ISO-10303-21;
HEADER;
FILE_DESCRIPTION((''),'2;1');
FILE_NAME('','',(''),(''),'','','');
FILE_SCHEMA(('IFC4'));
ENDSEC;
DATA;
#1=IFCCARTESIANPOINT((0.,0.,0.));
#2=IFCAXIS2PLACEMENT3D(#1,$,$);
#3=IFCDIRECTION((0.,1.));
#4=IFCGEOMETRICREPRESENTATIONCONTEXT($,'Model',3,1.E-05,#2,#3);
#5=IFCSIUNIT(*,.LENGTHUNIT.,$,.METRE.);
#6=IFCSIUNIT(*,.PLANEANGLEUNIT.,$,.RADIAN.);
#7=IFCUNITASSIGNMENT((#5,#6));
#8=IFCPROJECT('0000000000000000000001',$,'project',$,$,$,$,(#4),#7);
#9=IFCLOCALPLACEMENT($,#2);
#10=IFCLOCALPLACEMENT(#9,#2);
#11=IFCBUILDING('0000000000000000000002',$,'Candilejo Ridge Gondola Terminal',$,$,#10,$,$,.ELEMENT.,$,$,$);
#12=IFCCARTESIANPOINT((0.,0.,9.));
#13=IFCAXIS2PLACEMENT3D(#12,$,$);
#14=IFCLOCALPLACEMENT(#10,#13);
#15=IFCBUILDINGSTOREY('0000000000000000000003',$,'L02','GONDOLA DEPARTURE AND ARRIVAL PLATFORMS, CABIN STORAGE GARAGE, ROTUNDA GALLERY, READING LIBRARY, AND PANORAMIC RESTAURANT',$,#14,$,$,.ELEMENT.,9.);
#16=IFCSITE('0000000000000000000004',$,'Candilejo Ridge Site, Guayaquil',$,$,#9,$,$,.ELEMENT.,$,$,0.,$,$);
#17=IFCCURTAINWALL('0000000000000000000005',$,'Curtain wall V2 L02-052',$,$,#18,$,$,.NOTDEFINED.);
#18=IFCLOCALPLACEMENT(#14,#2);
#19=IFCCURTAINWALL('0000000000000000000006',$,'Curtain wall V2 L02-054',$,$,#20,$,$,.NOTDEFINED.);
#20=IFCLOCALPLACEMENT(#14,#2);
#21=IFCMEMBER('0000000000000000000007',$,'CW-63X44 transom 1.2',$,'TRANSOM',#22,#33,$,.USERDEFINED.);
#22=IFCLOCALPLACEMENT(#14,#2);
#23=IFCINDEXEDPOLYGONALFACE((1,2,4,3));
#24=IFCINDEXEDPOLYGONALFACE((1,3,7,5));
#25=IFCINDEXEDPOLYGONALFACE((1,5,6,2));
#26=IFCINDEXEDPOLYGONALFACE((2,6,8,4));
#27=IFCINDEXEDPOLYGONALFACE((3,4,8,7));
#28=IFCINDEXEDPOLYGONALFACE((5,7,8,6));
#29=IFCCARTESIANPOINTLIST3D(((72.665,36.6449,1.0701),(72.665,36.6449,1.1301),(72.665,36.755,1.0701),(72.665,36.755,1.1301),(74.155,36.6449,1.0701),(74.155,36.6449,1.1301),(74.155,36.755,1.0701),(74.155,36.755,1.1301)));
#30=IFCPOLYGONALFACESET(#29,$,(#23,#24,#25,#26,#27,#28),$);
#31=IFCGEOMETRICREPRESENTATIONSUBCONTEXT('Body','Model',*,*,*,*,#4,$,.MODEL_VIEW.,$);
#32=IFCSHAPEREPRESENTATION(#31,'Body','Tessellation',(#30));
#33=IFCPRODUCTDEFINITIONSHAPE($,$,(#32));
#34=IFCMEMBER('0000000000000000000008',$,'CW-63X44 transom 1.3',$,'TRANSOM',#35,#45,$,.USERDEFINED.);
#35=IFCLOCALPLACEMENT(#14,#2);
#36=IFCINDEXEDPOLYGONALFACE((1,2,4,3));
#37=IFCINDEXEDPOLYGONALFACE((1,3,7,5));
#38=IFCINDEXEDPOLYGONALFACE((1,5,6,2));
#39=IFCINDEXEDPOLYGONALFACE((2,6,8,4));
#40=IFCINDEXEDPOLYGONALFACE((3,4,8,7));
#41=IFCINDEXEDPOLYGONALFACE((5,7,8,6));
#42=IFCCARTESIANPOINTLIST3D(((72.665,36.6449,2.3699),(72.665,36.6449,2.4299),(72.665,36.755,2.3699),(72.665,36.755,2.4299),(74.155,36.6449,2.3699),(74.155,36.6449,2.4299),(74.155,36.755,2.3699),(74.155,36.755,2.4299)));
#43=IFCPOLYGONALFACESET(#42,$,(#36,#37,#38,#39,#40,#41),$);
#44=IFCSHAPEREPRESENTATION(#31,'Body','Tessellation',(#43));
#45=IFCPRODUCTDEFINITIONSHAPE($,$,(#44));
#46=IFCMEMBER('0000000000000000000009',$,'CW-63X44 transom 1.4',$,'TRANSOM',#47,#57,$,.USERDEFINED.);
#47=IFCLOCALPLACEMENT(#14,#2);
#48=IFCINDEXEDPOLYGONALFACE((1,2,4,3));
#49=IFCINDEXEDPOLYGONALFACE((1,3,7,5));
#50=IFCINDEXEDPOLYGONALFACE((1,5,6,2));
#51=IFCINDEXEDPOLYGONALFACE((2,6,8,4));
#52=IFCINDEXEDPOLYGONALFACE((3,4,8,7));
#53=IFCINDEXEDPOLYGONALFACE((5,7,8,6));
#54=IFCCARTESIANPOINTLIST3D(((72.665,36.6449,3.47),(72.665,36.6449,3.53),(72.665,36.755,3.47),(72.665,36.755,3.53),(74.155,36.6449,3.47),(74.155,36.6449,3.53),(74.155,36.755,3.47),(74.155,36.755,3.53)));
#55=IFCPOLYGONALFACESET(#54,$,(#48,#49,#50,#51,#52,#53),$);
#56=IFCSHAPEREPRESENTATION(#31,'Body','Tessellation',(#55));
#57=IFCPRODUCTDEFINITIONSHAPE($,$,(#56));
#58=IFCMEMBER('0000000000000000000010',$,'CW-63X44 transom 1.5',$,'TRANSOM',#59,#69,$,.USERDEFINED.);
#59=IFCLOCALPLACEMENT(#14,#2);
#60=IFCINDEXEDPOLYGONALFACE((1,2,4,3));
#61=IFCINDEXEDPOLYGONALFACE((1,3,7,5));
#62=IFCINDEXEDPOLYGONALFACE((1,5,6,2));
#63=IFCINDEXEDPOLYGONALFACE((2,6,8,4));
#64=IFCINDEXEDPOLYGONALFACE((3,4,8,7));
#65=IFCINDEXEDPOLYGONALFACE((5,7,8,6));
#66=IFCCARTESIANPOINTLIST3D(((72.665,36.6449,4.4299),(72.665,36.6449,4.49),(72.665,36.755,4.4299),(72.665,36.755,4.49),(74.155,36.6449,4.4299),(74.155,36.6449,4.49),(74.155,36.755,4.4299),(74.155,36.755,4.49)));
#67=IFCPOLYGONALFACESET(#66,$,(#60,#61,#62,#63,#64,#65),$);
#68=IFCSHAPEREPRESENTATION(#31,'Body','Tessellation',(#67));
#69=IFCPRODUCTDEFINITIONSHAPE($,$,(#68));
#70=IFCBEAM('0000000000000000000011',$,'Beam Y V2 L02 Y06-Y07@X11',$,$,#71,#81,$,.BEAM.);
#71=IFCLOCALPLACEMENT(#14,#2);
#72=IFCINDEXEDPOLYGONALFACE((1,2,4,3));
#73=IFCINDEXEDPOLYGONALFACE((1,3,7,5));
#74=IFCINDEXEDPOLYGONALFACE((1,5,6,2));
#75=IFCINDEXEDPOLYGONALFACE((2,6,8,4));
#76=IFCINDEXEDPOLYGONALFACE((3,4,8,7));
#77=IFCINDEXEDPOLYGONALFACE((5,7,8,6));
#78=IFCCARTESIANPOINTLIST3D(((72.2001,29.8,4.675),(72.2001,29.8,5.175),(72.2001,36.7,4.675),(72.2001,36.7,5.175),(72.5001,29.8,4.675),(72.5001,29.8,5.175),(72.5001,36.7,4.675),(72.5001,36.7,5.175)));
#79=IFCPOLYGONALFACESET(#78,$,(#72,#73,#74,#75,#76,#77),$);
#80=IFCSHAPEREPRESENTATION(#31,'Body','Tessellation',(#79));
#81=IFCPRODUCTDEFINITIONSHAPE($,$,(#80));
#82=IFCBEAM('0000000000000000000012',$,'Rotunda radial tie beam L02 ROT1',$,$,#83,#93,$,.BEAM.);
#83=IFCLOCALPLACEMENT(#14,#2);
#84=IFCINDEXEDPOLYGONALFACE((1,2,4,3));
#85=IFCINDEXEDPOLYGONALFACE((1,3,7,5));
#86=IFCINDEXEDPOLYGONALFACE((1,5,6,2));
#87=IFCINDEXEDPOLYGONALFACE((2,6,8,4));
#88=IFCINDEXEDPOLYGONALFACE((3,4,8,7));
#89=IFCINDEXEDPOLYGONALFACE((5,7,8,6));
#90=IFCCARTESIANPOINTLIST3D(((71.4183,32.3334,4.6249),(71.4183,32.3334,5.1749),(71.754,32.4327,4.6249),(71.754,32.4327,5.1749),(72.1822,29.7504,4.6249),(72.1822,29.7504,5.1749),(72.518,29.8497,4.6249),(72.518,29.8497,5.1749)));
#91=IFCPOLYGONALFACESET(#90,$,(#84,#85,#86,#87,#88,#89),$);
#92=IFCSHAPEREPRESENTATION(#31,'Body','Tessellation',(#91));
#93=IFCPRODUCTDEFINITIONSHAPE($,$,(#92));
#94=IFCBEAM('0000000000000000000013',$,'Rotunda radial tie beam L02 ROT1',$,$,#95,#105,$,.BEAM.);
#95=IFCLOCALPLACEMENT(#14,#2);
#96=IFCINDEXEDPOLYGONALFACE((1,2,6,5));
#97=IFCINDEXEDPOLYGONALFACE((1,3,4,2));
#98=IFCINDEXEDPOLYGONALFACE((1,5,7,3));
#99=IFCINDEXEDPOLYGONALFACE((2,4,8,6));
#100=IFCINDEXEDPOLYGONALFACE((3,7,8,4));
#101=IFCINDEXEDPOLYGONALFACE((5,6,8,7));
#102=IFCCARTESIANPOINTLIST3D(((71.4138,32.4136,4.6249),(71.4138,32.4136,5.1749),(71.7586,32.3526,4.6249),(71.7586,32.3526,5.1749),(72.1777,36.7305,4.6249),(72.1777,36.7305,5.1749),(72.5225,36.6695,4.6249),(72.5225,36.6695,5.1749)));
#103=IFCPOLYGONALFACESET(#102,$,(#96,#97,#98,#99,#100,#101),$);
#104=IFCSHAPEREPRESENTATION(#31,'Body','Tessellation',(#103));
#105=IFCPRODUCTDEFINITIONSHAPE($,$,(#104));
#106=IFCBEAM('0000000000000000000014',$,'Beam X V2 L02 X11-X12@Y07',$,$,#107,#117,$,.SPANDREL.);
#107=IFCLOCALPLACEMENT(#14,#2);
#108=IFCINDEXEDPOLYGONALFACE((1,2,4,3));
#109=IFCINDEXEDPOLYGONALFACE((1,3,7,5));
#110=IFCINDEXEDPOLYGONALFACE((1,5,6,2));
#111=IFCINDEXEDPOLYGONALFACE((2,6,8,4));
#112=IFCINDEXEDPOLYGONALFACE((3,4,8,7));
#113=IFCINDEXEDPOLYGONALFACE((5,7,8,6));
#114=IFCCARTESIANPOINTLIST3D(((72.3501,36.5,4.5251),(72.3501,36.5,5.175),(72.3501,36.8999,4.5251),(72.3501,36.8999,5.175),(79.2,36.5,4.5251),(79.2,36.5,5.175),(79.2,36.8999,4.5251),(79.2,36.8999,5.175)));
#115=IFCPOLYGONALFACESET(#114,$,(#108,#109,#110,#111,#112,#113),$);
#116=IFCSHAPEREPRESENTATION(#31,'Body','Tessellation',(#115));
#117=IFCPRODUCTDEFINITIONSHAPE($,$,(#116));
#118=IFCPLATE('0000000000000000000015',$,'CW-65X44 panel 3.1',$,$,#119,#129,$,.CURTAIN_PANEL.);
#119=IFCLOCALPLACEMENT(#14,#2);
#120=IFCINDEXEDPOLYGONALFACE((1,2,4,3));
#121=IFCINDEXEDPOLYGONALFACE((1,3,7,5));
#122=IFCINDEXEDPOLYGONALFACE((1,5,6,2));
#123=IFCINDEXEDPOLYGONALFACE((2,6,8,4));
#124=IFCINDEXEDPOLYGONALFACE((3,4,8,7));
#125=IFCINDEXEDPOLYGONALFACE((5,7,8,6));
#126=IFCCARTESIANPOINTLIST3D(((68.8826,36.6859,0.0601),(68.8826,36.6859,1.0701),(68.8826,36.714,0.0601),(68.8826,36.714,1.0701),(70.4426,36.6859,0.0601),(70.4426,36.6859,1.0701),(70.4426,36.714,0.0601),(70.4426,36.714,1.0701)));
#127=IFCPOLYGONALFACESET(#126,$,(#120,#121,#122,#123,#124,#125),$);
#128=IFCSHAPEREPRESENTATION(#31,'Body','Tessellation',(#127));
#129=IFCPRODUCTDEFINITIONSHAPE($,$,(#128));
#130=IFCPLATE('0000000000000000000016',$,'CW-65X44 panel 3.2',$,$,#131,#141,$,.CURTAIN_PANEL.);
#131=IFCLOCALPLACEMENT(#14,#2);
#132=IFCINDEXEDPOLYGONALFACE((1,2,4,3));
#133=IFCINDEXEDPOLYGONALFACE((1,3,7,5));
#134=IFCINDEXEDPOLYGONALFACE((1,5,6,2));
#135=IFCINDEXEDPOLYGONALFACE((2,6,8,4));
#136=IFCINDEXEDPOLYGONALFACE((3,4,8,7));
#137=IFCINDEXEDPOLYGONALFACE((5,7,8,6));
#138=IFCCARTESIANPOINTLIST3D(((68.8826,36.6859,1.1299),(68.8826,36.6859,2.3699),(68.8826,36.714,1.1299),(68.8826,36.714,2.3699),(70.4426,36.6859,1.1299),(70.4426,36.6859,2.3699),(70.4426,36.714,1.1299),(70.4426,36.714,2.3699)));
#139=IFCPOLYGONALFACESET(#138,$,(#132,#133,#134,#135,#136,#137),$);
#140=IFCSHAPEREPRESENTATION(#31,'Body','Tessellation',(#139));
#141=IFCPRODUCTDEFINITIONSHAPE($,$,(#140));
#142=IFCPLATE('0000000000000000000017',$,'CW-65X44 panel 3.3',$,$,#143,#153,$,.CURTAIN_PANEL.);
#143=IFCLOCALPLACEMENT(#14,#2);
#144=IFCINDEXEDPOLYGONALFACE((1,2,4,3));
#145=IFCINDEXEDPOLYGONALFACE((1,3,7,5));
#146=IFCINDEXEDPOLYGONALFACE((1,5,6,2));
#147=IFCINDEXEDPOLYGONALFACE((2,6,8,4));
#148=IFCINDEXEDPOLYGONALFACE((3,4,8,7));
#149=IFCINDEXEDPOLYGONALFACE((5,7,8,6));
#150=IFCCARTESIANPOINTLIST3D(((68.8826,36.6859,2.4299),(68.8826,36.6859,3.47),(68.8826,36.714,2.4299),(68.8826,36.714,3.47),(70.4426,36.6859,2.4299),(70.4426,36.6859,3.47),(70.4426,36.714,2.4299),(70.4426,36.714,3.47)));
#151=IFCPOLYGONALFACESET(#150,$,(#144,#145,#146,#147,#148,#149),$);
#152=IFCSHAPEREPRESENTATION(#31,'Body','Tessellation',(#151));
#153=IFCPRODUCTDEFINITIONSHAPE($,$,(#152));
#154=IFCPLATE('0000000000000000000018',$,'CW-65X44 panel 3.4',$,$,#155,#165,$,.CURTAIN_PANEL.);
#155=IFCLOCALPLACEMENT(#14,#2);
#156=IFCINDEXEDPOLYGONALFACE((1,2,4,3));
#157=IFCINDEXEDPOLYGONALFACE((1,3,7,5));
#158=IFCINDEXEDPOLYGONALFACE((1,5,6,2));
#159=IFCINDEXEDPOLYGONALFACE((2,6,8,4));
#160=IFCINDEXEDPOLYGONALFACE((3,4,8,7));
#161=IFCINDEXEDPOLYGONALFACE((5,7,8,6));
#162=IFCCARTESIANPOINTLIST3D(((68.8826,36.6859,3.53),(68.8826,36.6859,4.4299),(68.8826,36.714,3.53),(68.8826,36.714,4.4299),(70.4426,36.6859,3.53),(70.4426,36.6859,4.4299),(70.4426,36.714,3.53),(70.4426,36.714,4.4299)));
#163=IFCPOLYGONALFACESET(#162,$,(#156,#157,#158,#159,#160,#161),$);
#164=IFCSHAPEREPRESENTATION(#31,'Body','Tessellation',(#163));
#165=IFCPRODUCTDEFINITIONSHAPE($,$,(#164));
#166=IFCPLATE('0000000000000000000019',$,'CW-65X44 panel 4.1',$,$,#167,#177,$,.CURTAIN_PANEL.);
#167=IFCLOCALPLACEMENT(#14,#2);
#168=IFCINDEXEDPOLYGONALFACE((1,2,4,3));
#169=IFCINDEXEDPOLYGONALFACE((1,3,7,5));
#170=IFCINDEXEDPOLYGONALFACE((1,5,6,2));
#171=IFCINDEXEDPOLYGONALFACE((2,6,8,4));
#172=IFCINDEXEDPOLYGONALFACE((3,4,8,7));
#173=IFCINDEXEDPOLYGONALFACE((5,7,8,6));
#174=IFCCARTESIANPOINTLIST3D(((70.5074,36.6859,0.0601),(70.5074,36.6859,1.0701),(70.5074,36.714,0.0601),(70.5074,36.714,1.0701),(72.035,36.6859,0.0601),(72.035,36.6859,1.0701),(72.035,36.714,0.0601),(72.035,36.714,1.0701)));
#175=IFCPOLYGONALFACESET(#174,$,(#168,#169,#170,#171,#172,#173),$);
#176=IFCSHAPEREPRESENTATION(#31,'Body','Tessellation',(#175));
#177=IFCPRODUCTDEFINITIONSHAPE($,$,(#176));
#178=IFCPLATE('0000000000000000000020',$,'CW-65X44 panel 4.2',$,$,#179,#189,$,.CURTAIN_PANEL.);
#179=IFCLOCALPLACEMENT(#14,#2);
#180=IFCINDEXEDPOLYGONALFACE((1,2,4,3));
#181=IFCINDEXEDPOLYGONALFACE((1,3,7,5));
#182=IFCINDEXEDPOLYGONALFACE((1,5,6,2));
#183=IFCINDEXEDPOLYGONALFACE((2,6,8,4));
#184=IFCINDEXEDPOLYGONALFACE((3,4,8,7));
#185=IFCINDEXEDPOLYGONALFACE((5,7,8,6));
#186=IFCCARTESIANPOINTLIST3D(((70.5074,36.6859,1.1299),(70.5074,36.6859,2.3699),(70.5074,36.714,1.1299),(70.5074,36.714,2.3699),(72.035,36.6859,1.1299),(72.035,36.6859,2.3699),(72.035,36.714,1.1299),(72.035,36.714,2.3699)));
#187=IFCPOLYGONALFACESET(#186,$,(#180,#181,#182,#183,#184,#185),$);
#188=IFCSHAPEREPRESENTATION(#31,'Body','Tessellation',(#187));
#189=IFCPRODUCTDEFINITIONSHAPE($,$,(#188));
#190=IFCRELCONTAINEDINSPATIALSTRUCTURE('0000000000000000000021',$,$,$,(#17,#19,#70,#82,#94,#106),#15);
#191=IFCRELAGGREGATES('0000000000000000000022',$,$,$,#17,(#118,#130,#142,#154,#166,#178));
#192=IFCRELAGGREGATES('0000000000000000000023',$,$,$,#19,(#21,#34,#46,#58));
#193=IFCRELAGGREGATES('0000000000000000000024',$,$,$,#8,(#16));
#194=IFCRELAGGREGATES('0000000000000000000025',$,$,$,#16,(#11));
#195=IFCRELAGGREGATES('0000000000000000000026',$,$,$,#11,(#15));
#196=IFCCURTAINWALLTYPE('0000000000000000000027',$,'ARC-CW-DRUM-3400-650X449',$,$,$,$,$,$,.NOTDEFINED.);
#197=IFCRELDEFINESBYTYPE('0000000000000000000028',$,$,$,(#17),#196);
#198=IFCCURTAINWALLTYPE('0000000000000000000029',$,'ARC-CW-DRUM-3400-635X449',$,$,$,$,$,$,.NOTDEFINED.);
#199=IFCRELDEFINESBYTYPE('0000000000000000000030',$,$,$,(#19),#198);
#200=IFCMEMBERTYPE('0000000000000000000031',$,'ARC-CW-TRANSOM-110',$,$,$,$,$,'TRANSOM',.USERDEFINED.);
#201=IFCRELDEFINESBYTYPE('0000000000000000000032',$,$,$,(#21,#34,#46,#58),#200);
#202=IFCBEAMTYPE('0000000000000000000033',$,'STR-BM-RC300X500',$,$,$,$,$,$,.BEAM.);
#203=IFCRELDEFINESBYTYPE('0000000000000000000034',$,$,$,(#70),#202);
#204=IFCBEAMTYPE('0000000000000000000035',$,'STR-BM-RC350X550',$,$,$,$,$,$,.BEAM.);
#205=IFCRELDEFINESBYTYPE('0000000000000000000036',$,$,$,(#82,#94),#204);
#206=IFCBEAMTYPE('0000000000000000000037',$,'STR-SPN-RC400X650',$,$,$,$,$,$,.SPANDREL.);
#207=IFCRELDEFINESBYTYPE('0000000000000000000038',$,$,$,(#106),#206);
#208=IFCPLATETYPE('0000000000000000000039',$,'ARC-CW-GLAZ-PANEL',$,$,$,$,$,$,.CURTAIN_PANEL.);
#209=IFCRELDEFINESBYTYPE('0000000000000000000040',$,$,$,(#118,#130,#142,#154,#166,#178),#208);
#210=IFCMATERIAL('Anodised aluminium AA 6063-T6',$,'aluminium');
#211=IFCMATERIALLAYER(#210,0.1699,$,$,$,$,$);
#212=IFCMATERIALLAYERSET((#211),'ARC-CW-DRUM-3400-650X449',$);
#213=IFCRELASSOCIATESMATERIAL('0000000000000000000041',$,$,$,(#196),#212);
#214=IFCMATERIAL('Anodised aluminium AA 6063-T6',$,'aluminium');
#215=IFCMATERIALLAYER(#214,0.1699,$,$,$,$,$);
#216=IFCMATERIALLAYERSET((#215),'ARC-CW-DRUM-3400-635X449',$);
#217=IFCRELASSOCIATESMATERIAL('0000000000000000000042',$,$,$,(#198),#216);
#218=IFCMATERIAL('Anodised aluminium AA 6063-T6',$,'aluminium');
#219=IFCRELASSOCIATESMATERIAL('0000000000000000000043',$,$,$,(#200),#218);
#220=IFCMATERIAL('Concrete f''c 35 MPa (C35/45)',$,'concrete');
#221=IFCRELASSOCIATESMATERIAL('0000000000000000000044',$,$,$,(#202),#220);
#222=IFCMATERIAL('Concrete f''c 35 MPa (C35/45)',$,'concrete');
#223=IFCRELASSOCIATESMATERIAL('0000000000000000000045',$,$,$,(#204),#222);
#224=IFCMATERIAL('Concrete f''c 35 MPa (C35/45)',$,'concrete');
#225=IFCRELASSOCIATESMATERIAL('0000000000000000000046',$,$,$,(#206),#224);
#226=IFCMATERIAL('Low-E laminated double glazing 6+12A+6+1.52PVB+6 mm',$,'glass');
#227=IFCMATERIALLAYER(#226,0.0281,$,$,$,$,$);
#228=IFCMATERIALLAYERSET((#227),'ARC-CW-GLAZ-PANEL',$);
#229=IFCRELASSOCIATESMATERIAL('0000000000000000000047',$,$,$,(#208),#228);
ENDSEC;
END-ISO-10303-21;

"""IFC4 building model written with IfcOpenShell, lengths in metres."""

from ifc_helpers import new_model, si_unit, direction, frame, origin, origin_2d, place, context, subcontext, project, spatial, rectangle, extrude, material, layer, layer_set, material_profile, profile_set, type_object, element, aggregate, save


model = new_model("IFC4")

# Units and contexts
model_context = context("Model", 3, precision=1e-05, world=origin(), true_north=direction((0.0, 1.0)))
body_context = subcontext(model_context, "Body", "Model", "MODEL_VIEW")
ifc_project = project(units=[si_unit("LENGTHUNIT", "METRE"), si_unit("PLANEANGLEUNIT", "RADIAN")], contexts=[model_context])

# Site, building, storey
site_placement = place(None, origin())
site = spatial("IfcSite", under=ifc_project, at=site_placement, Name="Candilejo Ridge Site, Guayaquil", CompositionType="ELEMENT", RefElevation=0.0)
building_placement = place(site_placement, origin())
building = spatial("IfcBuilding", under=site, at=building_placement, Name="Candilejo Ridge Gondola Terminal", CompositionType="ELEMENT")
storey_placement = place(building_placement, frame((0.0, 0.0, 9.0)))
storey = spatial("IfcBuildingStorey", under=building, at=storey_placement, Name="L02", Description="GONDOLA DEPARTURE AND ARRIVAL PLATFORMS, CABIN STORAGE GARAGE, ROTUNDA GALLERY, READING LIBRARY, AND PANORAMIC RESTAURANT", CompositionType="ELEMENT", Elevation=9.0)

# Curtain walls
ifc_material_1 = material(Name="Anodised aluminium AA 6063-T6", Category="aluminium")
ifc_layer_1 = layer(ifc_material_1, 0.1699)
ifc_layer_set_1 = layer_set([ifc_layer_1], Name="ARC-CW-DRUM-3400-650X449")
curtain_wall_type_1 = type_object("IfcCurtainWallType", Name="ARC-CW-DRUM-3400-650X449", PredefinedType="NOTDEFINED", material=ifc_layer_set_1)
curtain_wall_1_placement = place(storey_placement, origin())
curtain_wall_1 = element("IfcCurtainWall", 1, at=curtain_wall_1_placement, inside=storey, type_object=curtain_wall_type_1, Name="Curtain wall V2 L02-052", PredefinedType="NOTDEFINED")
ifc_material_2 = material(Name="Anodised aluminium AA 6063-T6", Category="aluminium")
ifc_layer_2 = layer(ifc_material_2, 0.1699)
ifc_layer_set_2 = layer_set([ifc_layer_2], Name="ARC-CW-DRUM-3400-635X449")
curtain_wall_type_2 = type_object("IfcCurtainWallType", Name="ARC-CW-DRUM-3400-635X449", PredefinedType="NOTDEFINED", material=ifc_layer_set_2)
curtain_wall_2_placement = place(storey_placement, origin())
curtain_wall_2 = element("IfcCurtainWall", 2, at=curtain_wall_2_placement, inside=storey, type_object=curtain_wall_type_2, Name="Curtain wall V2 L02-054", PredefinedType="NOTDEFINED")

# Members
ifc_material_3 = material(Name="Anodised aluminium AA 6063-T6", Category="aluminium")
ifc_material_profile_1 = material_profile(ifc_material_3, rectangle(XDim=0.1101, YDim=0.0601, at=origin_2d()))
ifc_profile_set_1 = profile_set([ifc_material_profile_1], Name="Anodised aluminium AA 6063-T6")
member_type_1 = type_object("IfcMemberType", Name="ARC-CW-TRANSOM-110", ElementType="TRANSOM", PredefinedType="USERDEFINED", material=ifc_profile_set_1)
member_1_placement = place(storey_placement, frame((72.665, 36.7, 1.1001), z_axis=(1.0, 0.0, 0.0), x_axis=(0.0, 1.0, 0.0)))
member_1 = element("IfcMember", 3, at=member_1_placement, type_object=member_type_1, Name="CW-63X44 transom 1.2", ObjectType="TRANSOM", PredefinedType="USERDEFINED", context=body_context, shape_type="SweptSolid", body=[
    extrude(rectangle(XDim=0.1101, YDim=0.0601, at=origin_2d()), origin(), (0.0, 0.0, 1.0), 1.49),
])
member_2_placement = place(storey_placement, frame((72.665, 36.7, 2.3999), z_axis=(1.0, 0.0, 0.0), x_axis=(0.0, 1.0, 0.0)))
member_2 = element("IfcMember", 4, at=member_2_placement, type_object=member_type_1, Name="CW-63X44 transom 1.3", ObjectType="TRANSOM", PredefinedType="USERDEFINED", context=body_context, shape_type="SweptSolid", body=[
    extrude(rectangle(XDim=0.1101, YDim=0.0601, at=origin_2d()), origin(), (0.0, 0.0, 1.0), 1.49),
])
member_3_placement = place(storey_placement, frame((72.665, 36.7, 3.5), z_axis=(1.0, 0.0, 0.0), x_axis=(0.0, 1.0, 0.0)))
member_3 = element("IfcMember", 5, at=member_3_placement, type_object=member_type_1, Name="CW-63X44 transom 1.4", ObjectType="TRANSOM", PredefinedType="USERDEFINED", context=body_context, shape_type="SweptSolid", body=[
    extrude(rectangle(XDim=0.1101, YDim=0.0601, at=origin_2d()), origin(), (0.0, 0.0, 1.0), 1.49),
])
member_4_placement = place(storey_placement, frame((72.665, 36.7, 4.46), z_axis=(1.0, 0.0, 0.0), x_axis=(0.0, 1.0, 0.0)))
member_4 = element("IfcMember", 6, at=member_4_placement, type_object=member_type_1, Name="CW-63X44 transom 1.5", ObjectType="TRANSOM", PredefinedType="USERDEFINED", context=body_context, shape_type="SweptSolid", body=[
    extrude(rectangle(XDim=0.1101, YDim=0.0601, at=origin_2d()), origin(), (0.0, 0.0, 1.0), 1.49),
])

# Beams
ifc_material_4 = material(Name="Concrete f'c 35 MPa (C35/45)", Category="concrete")
ifc_material_profile_2 = material_profile(ifc_material_4, rectangle(XDim=0.3, YDim=0.5, at=origin_2d()))
ifc_profile_set_2 = profile_set([ifc_material_profile_2], Name="Concrete f'c 35 MPa (C35/45)")
beam_type_1 = type_object("IfcBeamType", Name="STR-BM-RC300X500", PredefinedType="BEAM", material=ifc_profile_set_2)
beam_1_placement = place(storey_placement, frame((72.3501, 29.8, 4.925), z_axis=(0.0, 1.0, 0.0), x_axis=(-1.0, 0.0, 0.0)))
element("IfcBeam", 7, at=beam_1_placement, inside=storey, type_object=beam_type_1, Name="Beam Y V2 L02 Y06-Y07@X11", PredefinedType="BEAM", context=body_context, shape_type="SweptSolid", body=[
    extrude(rectangle(XDim=0.3, YDim=0.5, at=origin_2d()), origin(), (0.0, 0.0, 1.0), 6.8999),
])
ifc_material_5 = material(Name="Concrete f'c 35 MPa (C35/45)", Category="concrete")
ifc_material_profile_3 = material_profile(ifc_material_5, rectangle(XDim=0.3501, YDim=0.55, at=origin_2d()))
ifc_profile_set_3 = profile_set([ifc_material_profile_3], Name="Concrete f'c 35 MPa (C35/45)")
beam_type_2 = type_object("IfcBeamType", Name="STR-BM-RC350X550", PredefinedType="BEAM", material=ifc_profile_set_3)
beam_2_placement = place(storey_placement, frame((71.5862, 32.3831, 4.8999), z_axis=(0.283604, -0.958942, 0.0), x_axis=(0.958942, 0.283604, 0.0)))
element("IfcBeam", 8, at=beam_2_placement, inside=storey, type_object=beam_type_2, Name="Rotunda radial tie beam L02 ROT1", PredefinedType="BEAM", context=body_context, shape_type="SweptSolid", body=[
    extrude(rectangle(XDim=0.3501, YDim=0.55, at=origin_2d()), origin(), (0.0, 0.0, 1.0), 2.6936),
])
beam_3_placement = place(storey_placement, frame((71.5862, 32.3831, 4.8999), z_axis=(0.174252, 0.984701, 0.0), x_axis=(-0.984701, 0.174252, 0.0)))
element("IfcBeam", 9, at=beam_3_placement, inside=storey, type_object=beam_type_2, Name="Rotunda radial tie beam L02 ROT1", PredefinedType="BEAM", context=body_context, shape_type="SweptSolid", body=[
    extrude(rectangle(XDim=0.3501, YDim=0.55, at=origin_2d()), origin(), (0.0, 0.0, 1.0), 4.384),
])
ifc_material_6 = material(Name="Concrete f'c 35 MPa (C35/45)", Category="concrete")
ifc_material_profile_4 = material_profile(ifc_material_6, rectangle(XDim=0.3999, YDim=0.6499, at=origin_2d()))
ifc_profile_set_4 = profile_set([ifc_material_profile_4], Name="Concrete f'c 35 MPa (C35/45)")
beam_type_3 = type_object("IfcBeamType", Name="STR-SPN-RC400X650", PredefinedType="SPANDREL", material=ifc_profile_set_4)
beam_4_placement = place(storey_placement, frame((72.3501, 36.7, 4.8501), z_axis=(1.0, 0.0, 0.0), x_axis=(0.0, 1.0, 0.0)))
element("IfcBeam", 10, at=beam_4_placement, inside=storey, type_object=beam_type_3, Name="Beam X V2 L02 X11-X12@Y07", PredefinedType="SPANDREL", context=body_context, shape_type="SweptSolid", body=[
    extrude(rectangle(XDim=0.3999, YDim=0.6499, at=origin_2d()), origin(), (0.0, 0.0, 1.0), 6.8499),
])

# Plates
ifc_material_7 = material(Name="Low-E laminated double glazing 6+12A+6+1.52PVB+6 mm", Category="glass")
ifc_layer_3 = layer(ifc_material_7, 0.0281)
ifc_layer_set_3 = layer_set([ifc_layer_3], Name="ARC-CW-GLAZ-PANEL")
plate_type = type_object("IfcPlateType", Name="ARC-CW-GLAZ-PANEL", PredefinedType="CURTAIN_PANEL", material=ifc_layer_set_3)
plate_1_placement = place(storey_placement, frame((69.6626, 36.7, 0.0601), z_axis=(0.0, 0.0, 1.0), x_axis=(1.0, 0.0, 0.0)))
plate_1 = element("IfcPlate", 11, at=plate_1_placement, type_object=plate_type, Name="CW-65X44 panel 3.1", PredefinedType="CURTAIN_PANEL", context=body_context, shape_type="SweptSolid", body=[
    extrude(rectangle(XDim=1.5601, YDim=0.0281, at=origin_2d()), origin(), (0.0, 0.0, 1.0), 1.01),
])
plate_2_placement = place(storey_placement, frame((69.6626, 36.7, 1.1299), z_axis=(0.0, 0.0, 1.0), x_axis=(1.0, 0.0, 0.0)))
plate_2 = element("IfcPlate", 12, at=plate_2_placement, type_object=plate_type, Name="CW-65X44 panel 3.2", PredefinedType="CURTAIN_PANEL", context=body_context, shape_type="SweptSolid", body=[
    extrude(rectangle(XDim=1.5601, YDim=0.0281, at=origin_2d()), origin(), (0.0, 0.0, 1.0), 1.24),
])
plate_3_placement = place(storey_placement, frame((69.6626, 36.7, 2.4299), z_axis=(0.0, 0.0, 1.0), x_axis=(1.0, 0.0, 0.0)))
plate_3 = element("IfcPlate", 13, at=plate_3_placement, type_object=plate_type, Name="CW-65X44 panel 3.3", PredefinedType="CURTAIN_PANEL", context=body_context, shape_type="SweptSolid", body=[
    extrude(rectangle(XDim=1.5601, YDim=0.0281, at=origin_2d()), origin(), (0.0, 0.0, 1.0), 1.04),
])
plate_4_placement = place(storey_placement, frame((69.6626, 36.7, 3.53), z_axis=(0.0, 0.0, 1.0), x_axis=(1.0, 0.0, 0.0)))
plate_4 = element("IfcPlate", 14, at=plate_4_placement, type_object=plate_type, Name="CW-65X44 panel 3.4", PredefinedType="CURTAIN_PANEL", context=body_context, shape_type="SweptSolid", body=[
    extrude(rectangle(XDim=1.5601, YDim=0.0281, at=origin_2d()), origin(), (0.0, 0.0, 1.0), 0.8999),
])
plate_5_placement = place(storey_placement, frame((71.2712, 36.7, 0.0601), z_axis=(0.0, 0.0, 1.0), x_axis=(1.0, 0.0, 0.0)))
plate_5 = element("IfcPlate", 15, at=plate_5_placement, type_object=plate_type, Name="CW-65X44 panel 4.1", PredefinedType="CURTAIN_PANEL", context=body_context, shape_type="SweptSolid", body=[
    extrude(rectangle(XDim=1.5276, YDim=0.0281, at=origin_2d()), origin(), (0.0, 0.0, 1.0), 1.01),
])
plate_6_placement = place(storey_placement, frame((71.2712, 36.7, 1.1299), z_axis=(0.0, 0.0, 1.0), x_axis=(1.0, 0.0, 0.0)))
plate_6 = element("IfcPlate", 16, at=plate_6_placement, type_object=plate_type, Name="CW-65X44 panel 4.2", PredefinedType="CURTAIN_PANEL", context=body_context, shape_type="SweptSolid", body=[
    extrude(rectangle(XDim=1.5276, YDim=0.0281, at=origin_2d()), origin(), (0.0, 0.0, 1.0), 1.24),
])
aggregate(curtain_wall_1, [plate_1, plate_2, plate_3, plate_4, plate_5, plate_6])
aggregate(curtain_wall_2, [member_1, member_2, member_3, member_4])

save(model, "model.ifc")
